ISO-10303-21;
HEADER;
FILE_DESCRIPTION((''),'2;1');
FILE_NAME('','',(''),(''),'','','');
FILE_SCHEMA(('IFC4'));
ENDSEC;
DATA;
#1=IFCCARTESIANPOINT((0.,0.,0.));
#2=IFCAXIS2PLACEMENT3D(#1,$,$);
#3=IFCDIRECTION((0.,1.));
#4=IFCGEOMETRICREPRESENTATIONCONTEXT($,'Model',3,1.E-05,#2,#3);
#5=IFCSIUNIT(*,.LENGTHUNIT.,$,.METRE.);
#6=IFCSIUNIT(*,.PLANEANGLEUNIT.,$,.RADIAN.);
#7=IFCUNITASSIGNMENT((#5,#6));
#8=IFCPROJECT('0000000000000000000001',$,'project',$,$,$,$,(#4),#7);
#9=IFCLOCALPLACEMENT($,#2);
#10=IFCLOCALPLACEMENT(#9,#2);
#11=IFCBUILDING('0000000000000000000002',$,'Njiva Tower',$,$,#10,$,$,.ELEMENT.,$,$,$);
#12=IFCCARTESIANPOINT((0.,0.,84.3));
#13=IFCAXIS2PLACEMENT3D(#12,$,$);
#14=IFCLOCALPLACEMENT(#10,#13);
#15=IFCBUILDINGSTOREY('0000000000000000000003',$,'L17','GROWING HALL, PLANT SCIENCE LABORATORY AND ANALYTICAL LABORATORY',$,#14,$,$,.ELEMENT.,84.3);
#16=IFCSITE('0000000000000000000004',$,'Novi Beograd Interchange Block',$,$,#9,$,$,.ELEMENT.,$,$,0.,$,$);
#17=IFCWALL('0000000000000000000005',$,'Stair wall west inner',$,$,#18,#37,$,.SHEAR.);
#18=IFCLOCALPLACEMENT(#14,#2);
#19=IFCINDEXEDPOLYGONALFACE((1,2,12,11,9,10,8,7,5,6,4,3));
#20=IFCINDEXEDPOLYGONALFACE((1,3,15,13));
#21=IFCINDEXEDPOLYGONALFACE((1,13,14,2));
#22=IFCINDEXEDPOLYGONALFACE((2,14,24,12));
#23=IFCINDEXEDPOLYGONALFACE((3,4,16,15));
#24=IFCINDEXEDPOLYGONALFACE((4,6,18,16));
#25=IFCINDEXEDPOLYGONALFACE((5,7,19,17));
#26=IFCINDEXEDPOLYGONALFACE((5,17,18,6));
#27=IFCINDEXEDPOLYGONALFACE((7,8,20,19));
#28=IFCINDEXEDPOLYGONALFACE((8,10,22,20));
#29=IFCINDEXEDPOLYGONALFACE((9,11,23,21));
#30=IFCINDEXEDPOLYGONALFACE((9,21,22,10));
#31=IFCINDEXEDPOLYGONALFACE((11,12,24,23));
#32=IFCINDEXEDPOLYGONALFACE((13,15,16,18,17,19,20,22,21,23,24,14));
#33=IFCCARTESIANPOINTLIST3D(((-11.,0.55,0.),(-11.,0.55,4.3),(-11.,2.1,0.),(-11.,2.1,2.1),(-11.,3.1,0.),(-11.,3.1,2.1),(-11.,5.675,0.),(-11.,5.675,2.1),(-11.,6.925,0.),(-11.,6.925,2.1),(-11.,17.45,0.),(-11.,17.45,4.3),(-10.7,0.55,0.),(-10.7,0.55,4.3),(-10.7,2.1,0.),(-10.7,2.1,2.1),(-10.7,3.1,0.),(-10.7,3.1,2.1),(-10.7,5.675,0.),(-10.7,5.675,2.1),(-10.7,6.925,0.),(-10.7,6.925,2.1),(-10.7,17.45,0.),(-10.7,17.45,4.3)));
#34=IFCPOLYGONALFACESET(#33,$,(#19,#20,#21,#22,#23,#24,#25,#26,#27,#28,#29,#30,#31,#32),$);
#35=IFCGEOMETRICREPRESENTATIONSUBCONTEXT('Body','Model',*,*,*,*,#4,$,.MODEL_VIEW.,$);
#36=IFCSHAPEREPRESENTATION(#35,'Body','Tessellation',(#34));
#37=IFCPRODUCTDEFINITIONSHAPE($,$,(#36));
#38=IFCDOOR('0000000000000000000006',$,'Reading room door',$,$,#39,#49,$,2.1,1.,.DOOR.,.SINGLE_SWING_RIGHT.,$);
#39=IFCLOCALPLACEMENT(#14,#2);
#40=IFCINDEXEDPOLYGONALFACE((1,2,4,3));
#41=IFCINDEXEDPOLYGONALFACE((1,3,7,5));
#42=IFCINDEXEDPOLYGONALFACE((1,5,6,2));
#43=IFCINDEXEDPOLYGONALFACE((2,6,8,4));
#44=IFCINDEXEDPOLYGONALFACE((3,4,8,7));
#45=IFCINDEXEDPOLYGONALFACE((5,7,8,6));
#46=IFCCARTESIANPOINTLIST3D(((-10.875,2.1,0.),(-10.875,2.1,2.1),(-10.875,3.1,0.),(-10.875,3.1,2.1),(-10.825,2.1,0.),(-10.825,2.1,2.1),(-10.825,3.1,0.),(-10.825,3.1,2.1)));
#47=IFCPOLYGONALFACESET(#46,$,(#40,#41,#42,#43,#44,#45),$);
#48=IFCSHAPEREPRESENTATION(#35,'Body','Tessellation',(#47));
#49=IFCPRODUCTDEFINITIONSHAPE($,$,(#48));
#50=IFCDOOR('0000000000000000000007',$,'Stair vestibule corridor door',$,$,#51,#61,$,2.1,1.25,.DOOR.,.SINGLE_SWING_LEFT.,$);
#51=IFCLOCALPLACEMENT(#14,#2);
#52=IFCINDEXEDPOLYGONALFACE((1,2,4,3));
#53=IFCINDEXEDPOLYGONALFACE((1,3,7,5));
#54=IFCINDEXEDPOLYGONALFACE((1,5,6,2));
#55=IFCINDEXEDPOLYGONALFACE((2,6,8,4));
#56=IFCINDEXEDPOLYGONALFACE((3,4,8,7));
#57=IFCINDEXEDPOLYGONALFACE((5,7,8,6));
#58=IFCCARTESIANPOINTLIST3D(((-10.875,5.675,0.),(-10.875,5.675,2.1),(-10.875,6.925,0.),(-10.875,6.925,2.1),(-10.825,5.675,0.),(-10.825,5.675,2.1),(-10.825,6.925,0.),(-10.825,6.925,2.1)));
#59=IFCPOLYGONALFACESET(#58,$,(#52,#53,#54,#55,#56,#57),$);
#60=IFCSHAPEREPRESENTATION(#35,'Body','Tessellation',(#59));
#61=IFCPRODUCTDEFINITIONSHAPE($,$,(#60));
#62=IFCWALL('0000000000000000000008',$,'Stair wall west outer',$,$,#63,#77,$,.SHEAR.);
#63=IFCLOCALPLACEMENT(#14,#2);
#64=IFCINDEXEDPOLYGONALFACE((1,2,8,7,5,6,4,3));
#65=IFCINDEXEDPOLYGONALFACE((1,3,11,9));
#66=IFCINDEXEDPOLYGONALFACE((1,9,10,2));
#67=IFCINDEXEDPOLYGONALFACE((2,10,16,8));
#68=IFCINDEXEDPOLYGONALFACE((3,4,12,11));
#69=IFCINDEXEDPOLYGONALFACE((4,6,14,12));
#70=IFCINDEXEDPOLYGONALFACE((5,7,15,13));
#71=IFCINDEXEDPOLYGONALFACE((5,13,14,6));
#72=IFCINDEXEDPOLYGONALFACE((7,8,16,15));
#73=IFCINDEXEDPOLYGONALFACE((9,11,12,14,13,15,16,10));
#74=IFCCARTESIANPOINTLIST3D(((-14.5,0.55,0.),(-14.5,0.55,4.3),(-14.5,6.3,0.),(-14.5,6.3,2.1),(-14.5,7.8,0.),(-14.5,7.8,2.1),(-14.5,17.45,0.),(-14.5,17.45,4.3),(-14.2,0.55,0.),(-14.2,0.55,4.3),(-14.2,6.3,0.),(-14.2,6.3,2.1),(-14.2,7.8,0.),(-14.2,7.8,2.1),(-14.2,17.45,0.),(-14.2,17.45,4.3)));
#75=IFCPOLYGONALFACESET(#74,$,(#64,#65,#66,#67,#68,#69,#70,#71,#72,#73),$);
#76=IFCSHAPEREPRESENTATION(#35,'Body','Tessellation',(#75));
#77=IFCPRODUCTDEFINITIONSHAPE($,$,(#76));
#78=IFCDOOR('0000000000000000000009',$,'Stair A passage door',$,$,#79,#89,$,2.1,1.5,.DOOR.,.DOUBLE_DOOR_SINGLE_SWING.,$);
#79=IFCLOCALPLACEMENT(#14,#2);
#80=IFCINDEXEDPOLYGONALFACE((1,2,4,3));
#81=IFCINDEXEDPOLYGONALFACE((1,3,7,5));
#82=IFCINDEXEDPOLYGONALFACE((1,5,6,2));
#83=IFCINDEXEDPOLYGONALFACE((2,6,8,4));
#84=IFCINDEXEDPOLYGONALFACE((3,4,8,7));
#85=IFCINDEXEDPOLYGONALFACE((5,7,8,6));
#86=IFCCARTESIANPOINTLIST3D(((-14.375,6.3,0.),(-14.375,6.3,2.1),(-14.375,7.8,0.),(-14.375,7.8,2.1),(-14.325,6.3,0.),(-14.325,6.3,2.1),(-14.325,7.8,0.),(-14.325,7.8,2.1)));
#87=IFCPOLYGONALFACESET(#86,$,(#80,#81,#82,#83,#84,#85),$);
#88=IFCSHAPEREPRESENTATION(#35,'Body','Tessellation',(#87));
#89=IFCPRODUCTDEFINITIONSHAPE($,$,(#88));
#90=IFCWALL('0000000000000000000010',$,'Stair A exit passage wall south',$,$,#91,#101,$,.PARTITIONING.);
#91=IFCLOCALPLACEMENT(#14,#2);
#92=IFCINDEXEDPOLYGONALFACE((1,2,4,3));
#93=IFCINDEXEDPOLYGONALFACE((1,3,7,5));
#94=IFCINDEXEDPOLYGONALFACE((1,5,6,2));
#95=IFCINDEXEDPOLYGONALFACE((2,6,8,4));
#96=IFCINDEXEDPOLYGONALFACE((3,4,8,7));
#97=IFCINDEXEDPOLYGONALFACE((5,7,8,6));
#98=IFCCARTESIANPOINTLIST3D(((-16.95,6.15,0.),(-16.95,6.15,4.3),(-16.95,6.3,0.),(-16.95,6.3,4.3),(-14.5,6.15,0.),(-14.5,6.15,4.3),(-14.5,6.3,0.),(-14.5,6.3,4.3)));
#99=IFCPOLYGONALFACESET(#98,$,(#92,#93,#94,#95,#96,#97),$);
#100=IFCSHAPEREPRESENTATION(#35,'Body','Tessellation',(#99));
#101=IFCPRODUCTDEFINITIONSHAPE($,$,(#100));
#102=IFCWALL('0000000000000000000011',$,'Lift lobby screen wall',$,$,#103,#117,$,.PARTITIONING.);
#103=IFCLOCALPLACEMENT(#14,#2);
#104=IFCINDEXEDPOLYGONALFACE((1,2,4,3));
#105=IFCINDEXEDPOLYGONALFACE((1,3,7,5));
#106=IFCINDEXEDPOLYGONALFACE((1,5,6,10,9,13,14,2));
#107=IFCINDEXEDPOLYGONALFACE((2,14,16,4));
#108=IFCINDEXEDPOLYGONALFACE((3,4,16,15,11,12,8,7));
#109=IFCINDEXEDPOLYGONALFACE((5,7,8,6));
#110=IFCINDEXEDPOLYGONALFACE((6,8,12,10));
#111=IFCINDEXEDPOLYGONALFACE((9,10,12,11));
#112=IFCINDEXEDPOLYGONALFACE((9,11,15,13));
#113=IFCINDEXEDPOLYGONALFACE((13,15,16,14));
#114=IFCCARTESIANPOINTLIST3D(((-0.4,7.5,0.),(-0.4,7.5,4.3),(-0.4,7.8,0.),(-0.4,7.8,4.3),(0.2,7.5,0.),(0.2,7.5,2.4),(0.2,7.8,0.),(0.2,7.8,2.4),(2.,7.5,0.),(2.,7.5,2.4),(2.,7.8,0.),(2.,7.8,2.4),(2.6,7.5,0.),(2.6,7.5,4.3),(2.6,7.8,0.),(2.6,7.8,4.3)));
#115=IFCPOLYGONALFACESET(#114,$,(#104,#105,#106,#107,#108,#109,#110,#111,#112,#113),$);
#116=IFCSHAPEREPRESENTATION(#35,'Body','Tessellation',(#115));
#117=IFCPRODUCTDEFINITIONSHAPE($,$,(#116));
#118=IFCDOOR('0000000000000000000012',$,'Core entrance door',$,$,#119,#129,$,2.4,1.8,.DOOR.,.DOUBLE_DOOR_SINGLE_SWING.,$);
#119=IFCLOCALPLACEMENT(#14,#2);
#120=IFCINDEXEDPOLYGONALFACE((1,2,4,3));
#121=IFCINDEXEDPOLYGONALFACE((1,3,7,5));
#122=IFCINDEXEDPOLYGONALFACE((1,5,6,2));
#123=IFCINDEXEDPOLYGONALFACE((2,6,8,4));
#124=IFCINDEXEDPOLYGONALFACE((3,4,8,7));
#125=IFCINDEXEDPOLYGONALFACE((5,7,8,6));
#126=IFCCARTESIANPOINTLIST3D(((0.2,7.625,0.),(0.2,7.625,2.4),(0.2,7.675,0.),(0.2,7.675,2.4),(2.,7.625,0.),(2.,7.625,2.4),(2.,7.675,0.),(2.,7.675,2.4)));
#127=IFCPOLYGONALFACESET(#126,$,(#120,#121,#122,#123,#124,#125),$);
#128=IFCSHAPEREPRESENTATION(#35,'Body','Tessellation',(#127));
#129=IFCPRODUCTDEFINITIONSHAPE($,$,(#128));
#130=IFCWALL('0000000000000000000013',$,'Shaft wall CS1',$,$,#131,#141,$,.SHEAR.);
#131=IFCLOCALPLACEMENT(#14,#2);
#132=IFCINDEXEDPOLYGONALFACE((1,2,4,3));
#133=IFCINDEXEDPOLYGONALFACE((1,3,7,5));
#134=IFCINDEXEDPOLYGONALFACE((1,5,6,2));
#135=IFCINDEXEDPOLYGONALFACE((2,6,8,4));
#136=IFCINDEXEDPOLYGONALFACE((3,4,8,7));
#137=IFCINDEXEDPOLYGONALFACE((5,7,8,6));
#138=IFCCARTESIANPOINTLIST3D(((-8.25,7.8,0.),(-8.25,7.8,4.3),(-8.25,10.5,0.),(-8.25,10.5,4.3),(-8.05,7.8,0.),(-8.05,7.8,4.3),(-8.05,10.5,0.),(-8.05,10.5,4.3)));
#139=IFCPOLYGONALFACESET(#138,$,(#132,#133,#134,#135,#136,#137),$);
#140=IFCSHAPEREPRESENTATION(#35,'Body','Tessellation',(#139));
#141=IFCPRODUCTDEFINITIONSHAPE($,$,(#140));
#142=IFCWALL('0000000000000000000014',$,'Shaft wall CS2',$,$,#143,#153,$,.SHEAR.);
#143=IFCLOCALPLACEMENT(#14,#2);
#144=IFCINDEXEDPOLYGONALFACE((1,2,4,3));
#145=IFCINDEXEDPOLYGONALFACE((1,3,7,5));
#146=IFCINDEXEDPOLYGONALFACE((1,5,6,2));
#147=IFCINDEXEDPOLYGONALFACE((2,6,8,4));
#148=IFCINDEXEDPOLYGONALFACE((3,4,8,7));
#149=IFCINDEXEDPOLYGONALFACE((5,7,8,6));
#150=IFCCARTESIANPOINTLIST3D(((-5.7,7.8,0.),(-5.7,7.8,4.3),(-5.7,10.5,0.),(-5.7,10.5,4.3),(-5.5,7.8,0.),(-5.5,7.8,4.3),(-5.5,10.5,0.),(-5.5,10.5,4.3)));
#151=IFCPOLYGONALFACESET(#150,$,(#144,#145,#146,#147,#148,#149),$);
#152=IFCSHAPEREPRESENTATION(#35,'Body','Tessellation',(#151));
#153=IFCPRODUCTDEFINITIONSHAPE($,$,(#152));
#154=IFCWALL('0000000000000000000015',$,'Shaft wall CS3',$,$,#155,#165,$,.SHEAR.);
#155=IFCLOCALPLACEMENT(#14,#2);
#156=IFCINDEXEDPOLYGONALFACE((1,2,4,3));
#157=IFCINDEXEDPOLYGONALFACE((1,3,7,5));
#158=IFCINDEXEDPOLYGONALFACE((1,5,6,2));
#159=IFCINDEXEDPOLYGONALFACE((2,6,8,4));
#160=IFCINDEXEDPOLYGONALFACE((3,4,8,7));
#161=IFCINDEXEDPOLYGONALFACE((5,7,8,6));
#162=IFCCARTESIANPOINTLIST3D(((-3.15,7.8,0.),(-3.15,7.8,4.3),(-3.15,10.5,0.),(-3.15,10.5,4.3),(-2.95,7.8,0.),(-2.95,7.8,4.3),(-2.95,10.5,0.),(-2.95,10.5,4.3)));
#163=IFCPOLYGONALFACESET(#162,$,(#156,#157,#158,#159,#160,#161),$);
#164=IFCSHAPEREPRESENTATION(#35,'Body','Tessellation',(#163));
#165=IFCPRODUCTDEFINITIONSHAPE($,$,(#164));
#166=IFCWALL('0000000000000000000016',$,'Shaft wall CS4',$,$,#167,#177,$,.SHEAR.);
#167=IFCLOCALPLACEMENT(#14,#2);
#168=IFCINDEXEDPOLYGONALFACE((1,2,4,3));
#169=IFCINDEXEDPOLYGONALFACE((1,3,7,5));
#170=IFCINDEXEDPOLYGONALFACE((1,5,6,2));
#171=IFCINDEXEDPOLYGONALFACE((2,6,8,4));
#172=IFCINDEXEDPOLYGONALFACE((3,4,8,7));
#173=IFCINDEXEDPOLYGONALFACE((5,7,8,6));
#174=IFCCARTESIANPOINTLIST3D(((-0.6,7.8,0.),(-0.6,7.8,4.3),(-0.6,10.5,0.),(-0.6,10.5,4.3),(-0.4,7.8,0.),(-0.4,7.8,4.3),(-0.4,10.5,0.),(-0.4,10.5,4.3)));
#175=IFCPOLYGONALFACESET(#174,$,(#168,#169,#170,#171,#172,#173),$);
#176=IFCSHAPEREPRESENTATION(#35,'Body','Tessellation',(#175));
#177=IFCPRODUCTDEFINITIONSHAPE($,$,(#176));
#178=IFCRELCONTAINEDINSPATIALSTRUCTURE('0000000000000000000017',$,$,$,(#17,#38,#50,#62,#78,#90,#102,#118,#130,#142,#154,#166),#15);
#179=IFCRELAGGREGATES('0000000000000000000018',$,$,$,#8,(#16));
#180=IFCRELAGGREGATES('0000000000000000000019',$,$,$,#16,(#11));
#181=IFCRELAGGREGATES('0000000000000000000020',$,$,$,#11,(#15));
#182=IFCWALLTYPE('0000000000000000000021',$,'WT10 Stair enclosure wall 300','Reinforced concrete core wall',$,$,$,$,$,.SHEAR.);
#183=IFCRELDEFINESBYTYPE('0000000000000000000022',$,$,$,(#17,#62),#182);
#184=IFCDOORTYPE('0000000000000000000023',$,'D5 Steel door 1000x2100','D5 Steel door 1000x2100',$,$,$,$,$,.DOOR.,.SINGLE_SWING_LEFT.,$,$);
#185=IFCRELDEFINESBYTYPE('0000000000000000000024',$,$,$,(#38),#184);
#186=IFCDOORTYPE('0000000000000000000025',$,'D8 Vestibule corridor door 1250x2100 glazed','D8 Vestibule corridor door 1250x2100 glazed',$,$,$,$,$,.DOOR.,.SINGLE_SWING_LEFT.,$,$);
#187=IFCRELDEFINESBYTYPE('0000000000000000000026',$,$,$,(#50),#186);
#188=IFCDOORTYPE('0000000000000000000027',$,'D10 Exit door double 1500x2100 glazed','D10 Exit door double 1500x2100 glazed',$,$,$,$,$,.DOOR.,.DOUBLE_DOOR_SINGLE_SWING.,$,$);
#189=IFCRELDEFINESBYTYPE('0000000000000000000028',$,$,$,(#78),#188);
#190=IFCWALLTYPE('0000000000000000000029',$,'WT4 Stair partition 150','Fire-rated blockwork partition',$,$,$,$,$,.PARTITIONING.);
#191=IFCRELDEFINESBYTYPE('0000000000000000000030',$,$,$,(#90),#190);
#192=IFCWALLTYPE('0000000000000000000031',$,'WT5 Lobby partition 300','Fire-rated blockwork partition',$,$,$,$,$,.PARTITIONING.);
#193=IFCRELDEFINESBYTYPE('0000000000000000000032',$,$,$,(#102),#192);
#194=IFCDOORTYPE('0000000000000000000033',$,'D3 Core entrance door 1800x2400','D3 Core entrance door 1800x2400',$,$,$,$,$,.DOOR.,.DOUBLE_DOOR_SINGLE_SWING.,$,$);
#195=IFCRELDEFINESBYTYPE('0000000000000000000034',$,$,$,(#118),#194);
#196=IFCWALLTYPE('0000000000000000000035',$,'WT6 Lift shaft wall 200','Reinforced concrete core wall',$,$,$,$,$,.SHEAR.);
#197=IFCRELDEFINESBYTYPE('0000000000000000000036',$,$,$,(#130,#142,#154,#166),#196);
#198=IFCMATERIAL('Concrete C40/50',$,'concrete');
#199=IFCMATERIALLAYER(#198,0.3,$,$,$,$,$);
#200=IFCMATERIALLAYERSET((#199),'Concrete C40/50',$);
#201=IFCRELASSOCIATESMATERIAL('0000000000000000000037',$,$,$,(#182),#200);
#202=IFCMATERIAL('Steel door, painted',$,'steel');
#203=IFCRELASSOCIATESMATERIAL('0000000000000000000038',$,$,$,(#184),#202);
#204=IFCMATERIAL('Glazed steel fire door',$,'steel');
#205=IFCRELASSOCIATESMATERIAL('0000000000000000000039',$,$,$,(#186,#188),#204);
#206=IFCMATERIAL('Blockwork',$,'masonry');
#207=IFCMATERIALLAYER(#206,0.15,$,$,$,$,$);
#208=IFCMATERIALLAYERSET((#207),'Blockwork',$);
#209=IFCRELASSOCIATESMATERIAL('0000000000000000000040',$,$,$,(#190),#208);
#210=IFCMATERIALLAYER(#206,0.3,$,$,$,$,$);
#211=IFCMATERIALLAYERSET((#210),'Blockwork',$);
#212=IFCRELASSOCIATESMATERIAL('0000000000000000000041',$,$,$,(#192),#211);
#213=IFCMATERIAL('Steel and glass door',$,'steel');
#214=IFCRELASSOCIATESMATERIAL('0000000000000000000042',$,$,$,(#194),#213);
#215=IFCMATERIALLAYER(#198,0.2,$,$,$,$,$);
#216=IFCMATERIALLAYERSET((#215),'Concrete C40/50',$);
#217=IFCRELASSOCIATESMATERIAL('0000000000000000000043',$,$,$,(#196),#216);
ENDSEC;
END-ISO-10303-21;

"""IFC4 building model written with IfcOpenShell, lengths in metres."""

from ifc_helpers import new_model, si_unit, direction, frame, frame_2d, origin, place, context, subcontext, project, spatial, rectangle, extrude, material, layer, layer_set, type_object, element, fill, save


model = new_model("IFC4")

# Units and contexts
model_context = context("Model", 3, precision=1e-05, world=origin(), true_north=direction((0.0, 1.0)))
body_context = subcontext(model_context, "Body", "Model", "MODEL_VIEW")
ifc_project = project(units=[si_unit("LENGTHUNIT", "METRE"), si_unit("PLANEANGLEUNIT", "RADIAN")], contexts=[model_context])

# Site, building, storey
site_placement = place(None, origin())
site = spatial("IfcSite", under=ifc_project, at=site_placement, Name="Novi Beograd Interchange Block", CompositionType="ELEMENT", RefElevation=0.0)
building_placement = place(site_placement, origin())
building = spatial("IfcBuilding", under=site, at=building_placement, Name="Njiva Tower", CompositionType="ELEMENT")
storey_placement = place(building_placement, frame((0.0, 0.0, 84.3)))
storey = spatial("IfcBuildingStorey", under=building, at=storey_placement, Name="L17", Description="GROWING HALL, PLANT SCIENCE LABORATORY AND ANALYTICAL LABORATORY", CompositionType="ELEMENT", Elevation=84.3)

# Shared definitions
ifc_material_1 = material(Name="Blockwork", Category="masonry")

# Wall, openings, doors
ifc_material_2 = material(Name="Concrete C40/50", Category="concrete")
ifc_layer_1 = layer(ifc_material_2, 0.3)
ifc_layer_set_1 = layer_set([ifc_layer_1], Name="Concrete C40/50")
wall_type_1 = type_object("IfcWallType", Name="WT10 Stair enclosure wall 300", Description="Reinforced concrete core wall", PredefinedType="SHEAR", material=ifc_layer_set_1)
wall_1_placement = place(storey_placement, frame((-10.85, 0.55, 0.0), z_axis=(0.0, 0.0, 1.0), x_axis=(0.0, 1.0, 0.0)))
wall_1 = element("IfcWall", 1, at=wall_1_placement, inside=storey, type_object=wall_type_1, Name="Stair wall west inner", PredefinedType="SHEAR", context=body_context, shape_type="SweptSolid", body=[
    extrude(rectangle(XDim=16.9, YDim=0.3, at=frame_2d((8.45, 0.0))), origin(), (0.0, 0.0, 1.0), 4.3),
])
opening_1_placement = place(wall_1_placement, frame((5.125, 0.0, 0.0)))
opening_1 = element("IfcOpeningElement", 2, at=opening_1_placement, cuts=wall_1, PredefinedType="OPENING", context=body_context, shape_type="SweptSolid", body=[
    extrude(rectangle(XDim=1.25, YDim=2.1, at=frame_2d((0.625, 1.05))), frame((0.0, 0.16, 0.0), z_axis=(0.0, -1.0, 0.0), x_axis=(1.0, 0.0, 0.0)), (0.0, 0.0, 1.0), 0.32),
])
opening_2_placement = place(wall_1_placement, frame((1.55, 0.0, 0.0)))
opening_2 = element("IfcOpeningElement", 3, at=opening_2_placement, cuts=wall_1, PredefinedType="OPENING", context=body_context, shape_type="SweptSolid", body=[
    extrude(rectangle(XDim=1.0, YDim=2.1, at=frame_2d((0.5, 1.05))), frame((0.0, 0.16, 0.0), z_axis=(0.0, -1.0, 0.0), x_axis=(1.0, 0.0, 0.0)), (0.0, 0.0, 1.0), 0.32),
])
ifc_material_3 = material(Name="Steel door, painted", Category="steel")
door_type_1 = type_object("IfcDoorType", Name="D5 Steel door 1000x2100", Description="D5 Steel door 1000x2100", OperationType="SINGLE_SWING_LEFT", PredefinedType="DOOR", material=ifc_material_3)
door_1_placement = place(opening_2_placement, origin())
door_1 = element("IfcDoor", 4, at=door_1_placement, inside=storey, type_object=door_type_1, Name="Reading room door", OperationType="SINGLE_SWING_RIGHT", OverallHeight=2.1, OverallWidth=1.0, PredefinedType="DOOR", context=body_context, shape_type="SweptSolid", body=[
    extrude(rectangle(XDim=1.0, YDim=2.1, at=frame_2d((0.5, 1.05))), frame((0.0, 0.025, 0.0), z_axis=(0.0, -1.0, 0.0), x_axis=(1.0, 0.0, 0.0)), (0.0, 0.0, 1.0), 0.05),
])
fill(opening_2, door_1)
ifc_material_4 = material(Name="Glazed steel fire door", Category="steel")
door_type_2 = type_object("IfcDoorType", Name="D8 Vestibule corridor door 1250x2100 glazed", Description="D8 Vestibule corridor door 1250x2100 glazed", OperationType="SINGLE_SWING_LEFT", PredefinedType="DOOR", material=ifc_material_4)
door_2_placement = place(opening_1_placement, origin())
door_2 = element("IfcDoor", 5, at=door_2_placement, inside=storey, type_object=door_type_2, Name="Stair vestibule corridor door", OperationType="SINGLE_SWING_LEFT", OverallHeight=2.1, OverallWidth=1.25, PredefinedType="DOOR", context=body_context, shape_type="SweptSolid", body=[
    extrude(rectangle(XDim=1.25, YDim=2.1, at=frame_2d((0.625, 1.05))), frame((0.0, 0.025, 0.0), z_axis=(0.0, -1.0, 0.0), x_axis=(1.0, 0.0, 0.0)), (0.0, 0.0, 1.0), 0.05),
])
fill(opening_1, door_2)

# Wall, opening, door
wall_2_placement = place(storey_placement, frame((-14.35, 0.55, 0.0), z_axis=(0.0, 0.0, 1.0), x_axis=(0.0, 1.0, 0.0)))
wall_2 = element("IfcWall", 6, at=wall_2_placement, inside=storey, type_object=wall_type_1, Name="Stair wall west outer", PredefinedType="SHEAR", context=body_context, shape_type="SweptSolid", body=[
    extrude(rectangle(XDim=16.9, YDim=0.3, at=frame_2d((8.45, 0.0))), origin(), (0.0, 0.0, 1.0), 4.3),
])
opening_3_placement = place(wall_2_placement, frame((5.75, 0.0, 0.0)))
opening_3 = element("IfcOpeningElement", 7, at=opening_3_placement, cuts=wall_2, PredefinedType="OPENING", context=body_context, shape_type="SweptSolid", body=[
    extrude(rectangle(XDim=1.5, YDim=2.1, at=frame_2d((0.75, 1.05))), frame((0.0, 0.16, 0.0), z_axis=(0.0, -1.0, 0.0), x_axis=(1.0, 0.0, 0.0)), (0.0, 0.0, 1.0), 0.32),
])
door_type_3 = type_object("IfcDoorType", Name="D10 Exit door double 1500x2100 glazed", Description="D10 Exit door double 1500x2100 glazed", OperationType="DOUBLE_DOOR_SINGLE_SWING", PredefinedType="DOOR", material=ifc_material_4)
door_3_placement = place(opening_3_placement, origin())
door_3 = element("IfcDoor", 8, at=door_3_placement, inside=storey, type_object=door_type_3, Name="Stair A passage door", OperationType="DOUBLE_DOOR_SINGLE_SWING", OverallHeight=2.1, OverallWidth=1.5, PredefinedType="DOOR", context=body_context, shape_type="SweptSolid", body=[
    extrude(rectangle(XDim=1.5, YDim=2.1, at=frame_2d((0.75, 1.05))), frame((0.0, 0.025, 0.0), z_axis=(0.0, -1.0, 0.0), x_axis=(1.0, 0.0, 0.0)), (0.0, 0.0, 1.0), 0.05),
])
fill(opening_3, door_3)

# Wall
ifc_layer_2 = layer(ifc_material_1, 0.15)
ifc_layer_set_2 = layer_set([ifc_layer_2], Name="Blockwork")
wall_type_2 = type_object("IfcWallType", Name="WT4 Stair partition 150", Description="Fire-rated blockwork partition", PredefinedType="PARTITIONING", material=ifc_layer_set_2)
wall_3_placement = place(storey_placement, frame((-16.95, 6.225, 0.0), z_axis=(0.0, 0.0, 1.0), x_axis=(1.0, 0.0, 0.0)))
element("IfcWall", 9, at=wall_3_placement, inside=storey, type_object=wall_type_2, Name="Stair A exit passage wall south", PredefinedType="PARTITIONING", context=body_context, shape_type="SweptSolid", body=[
    extrude(rectangle(XDim=2.45, YDim=0.15, at=frame_2d((1.225, 0.0))), origin(), (0.0, 0.0, 1.0), 4.3),
])

# Wall, opening, door
ifc_layer_3 = layer(ifc_material_1, 0.3)
ifc_layer_set_3 = layer_set([ifc_layer_3], Name="Blockwork")
wall_type_3 = type_object("IfcWallType", Name="WT5 Lobby partition 300", Description="Fire-rated blockwork partition", PredefinedType="PARTITIONING", material=ifc_layer_set_3)
wall_4_placement = place(storey_placement, frame((-0.4, 7.65, 0.0), z_axis=(0.0, 0.0, 1.0), x_axis=(1.0, 0.0, 0.0)))
wall_4 = element("IfcWall", 10, at=wall_4_placement, inside=storey, type_object=wall_type_3, Name="Lift lobby screen wall", PredefinedType="PARTITIONING", context=body_context, shape_type="SweptSolid", body=[
    extrude(rectangle(XDim=3.0, YDim=0.3, at=frame_2d((1.5, 0.0))), origin(), (0.0, 0.0, 1.0), 4.3),
])
opening_4_placement = place(wall_4_placement, frame((0.6, 0.0, 0.0)))
opening_4 = element("IfcOpeningElement", 11, at=opening_4_placement, cuts=wall_4, PredefinedType="OPENING", context=body_context, shape_type="SweptSolid", body=[
    extrude(rectangle(XDim=1.8, YDim=2.4, at=frame_2d((0.9, 1.2))), frame((0.0, 0.16, 0.0), z_axis=(0.0, -1.0, 0.0), x_axis=(1.0, 0.0, 0.0)), (0.0, 0.0, 1.0), 0.32),
])
ifc_material_5 = material(Name="Steel and glass door", Category="steel")
door_type_4 = type_object("IfcDoorType", Name="D3 Core entrance door 1800x2400", Description="D3 Core entrance door 1800x2400", OperationType="DOUBLE_DOOR_SINGLE_SWING", PredefinedType="DOOR", material=ifc_material_5)
door_4_placement = place(opening_4_placement, origin())
door_4 = element("IfcDoor", 12, at=door_4_placement, inside=storey, type_object=door_type_4, Name="Core entrance door", OperationType="DOUBLE_DOOR_SINGLE_SWING", OverallHeight=2.4, OverallWidth=1.8, PredefinedType="DOOR", context=body_context, shape_type="SweptSolid", body=[
    extrude(rectangle(XDim=1.8, YDim=2.4, at=frame_2d((0.9, 1.2))), frame((0.0, 0.025, 0.0), z_axis=(0.0, -1.0, 0.0), x_axis=(1.0, 0.0, 0.0)), (0.0, 0.0, 1.0), 0.05),
])
fill(opening_4, door_4)

# Walls
ifc_layer_4 = layer(ifc_material_2, 0.2)
ifc_layer_set_4 = layer_set([ifc_layer_4], Name="Concrete C40/50")
wall_type_4 = type_object("IfcWallType", Name="WT6 Lift shaft wall 200", Description="Reinforced concrete core wall", PredefinedType="SHEAR", material=ifc_layer_set_4)
for number, where, z_axis, x_axis, name in (
    (13, (-8.15, 7.8, 0.0), (0.0, 0.0, 1.0), (0.0, 1.0, 0.0), "Shaft wall CS1"),
    (14, (-5.6, 7.8, 0.0), (0.0, 0.0, 1.0), (0.0, 1.0, 0.0), "Shaft wall CS2"),
    (15, (-3.05, 7.8, 0.0), (0.0, 0.0, 1.0), (0.0, 1.0, 0.0), "Shaft wall CS3"),
    (16, (-0.5, 7.8, 0.0), (0.0, 0.0, 1.0), (0.0, 1.0, 0.0), "Shaft wall CS4"),
):
    element("IfcWall", number, at=place(storey_placement, frame(where, z_axis=z_axis, x_axis=x_axis)), inside=storey, type_object=wall_type_4, Name=name, PredefinedType="SHEAR", context=body_context, shape_type="SweptSolid", body=[
        extrude(rectangle(XDim=2.7, YDim=0.2, at=frame_2d((1.35, 0.0))), origin(), (0.0, 0.0, 1.0), 4.3),
    ])

save(model, "model.ifc")
